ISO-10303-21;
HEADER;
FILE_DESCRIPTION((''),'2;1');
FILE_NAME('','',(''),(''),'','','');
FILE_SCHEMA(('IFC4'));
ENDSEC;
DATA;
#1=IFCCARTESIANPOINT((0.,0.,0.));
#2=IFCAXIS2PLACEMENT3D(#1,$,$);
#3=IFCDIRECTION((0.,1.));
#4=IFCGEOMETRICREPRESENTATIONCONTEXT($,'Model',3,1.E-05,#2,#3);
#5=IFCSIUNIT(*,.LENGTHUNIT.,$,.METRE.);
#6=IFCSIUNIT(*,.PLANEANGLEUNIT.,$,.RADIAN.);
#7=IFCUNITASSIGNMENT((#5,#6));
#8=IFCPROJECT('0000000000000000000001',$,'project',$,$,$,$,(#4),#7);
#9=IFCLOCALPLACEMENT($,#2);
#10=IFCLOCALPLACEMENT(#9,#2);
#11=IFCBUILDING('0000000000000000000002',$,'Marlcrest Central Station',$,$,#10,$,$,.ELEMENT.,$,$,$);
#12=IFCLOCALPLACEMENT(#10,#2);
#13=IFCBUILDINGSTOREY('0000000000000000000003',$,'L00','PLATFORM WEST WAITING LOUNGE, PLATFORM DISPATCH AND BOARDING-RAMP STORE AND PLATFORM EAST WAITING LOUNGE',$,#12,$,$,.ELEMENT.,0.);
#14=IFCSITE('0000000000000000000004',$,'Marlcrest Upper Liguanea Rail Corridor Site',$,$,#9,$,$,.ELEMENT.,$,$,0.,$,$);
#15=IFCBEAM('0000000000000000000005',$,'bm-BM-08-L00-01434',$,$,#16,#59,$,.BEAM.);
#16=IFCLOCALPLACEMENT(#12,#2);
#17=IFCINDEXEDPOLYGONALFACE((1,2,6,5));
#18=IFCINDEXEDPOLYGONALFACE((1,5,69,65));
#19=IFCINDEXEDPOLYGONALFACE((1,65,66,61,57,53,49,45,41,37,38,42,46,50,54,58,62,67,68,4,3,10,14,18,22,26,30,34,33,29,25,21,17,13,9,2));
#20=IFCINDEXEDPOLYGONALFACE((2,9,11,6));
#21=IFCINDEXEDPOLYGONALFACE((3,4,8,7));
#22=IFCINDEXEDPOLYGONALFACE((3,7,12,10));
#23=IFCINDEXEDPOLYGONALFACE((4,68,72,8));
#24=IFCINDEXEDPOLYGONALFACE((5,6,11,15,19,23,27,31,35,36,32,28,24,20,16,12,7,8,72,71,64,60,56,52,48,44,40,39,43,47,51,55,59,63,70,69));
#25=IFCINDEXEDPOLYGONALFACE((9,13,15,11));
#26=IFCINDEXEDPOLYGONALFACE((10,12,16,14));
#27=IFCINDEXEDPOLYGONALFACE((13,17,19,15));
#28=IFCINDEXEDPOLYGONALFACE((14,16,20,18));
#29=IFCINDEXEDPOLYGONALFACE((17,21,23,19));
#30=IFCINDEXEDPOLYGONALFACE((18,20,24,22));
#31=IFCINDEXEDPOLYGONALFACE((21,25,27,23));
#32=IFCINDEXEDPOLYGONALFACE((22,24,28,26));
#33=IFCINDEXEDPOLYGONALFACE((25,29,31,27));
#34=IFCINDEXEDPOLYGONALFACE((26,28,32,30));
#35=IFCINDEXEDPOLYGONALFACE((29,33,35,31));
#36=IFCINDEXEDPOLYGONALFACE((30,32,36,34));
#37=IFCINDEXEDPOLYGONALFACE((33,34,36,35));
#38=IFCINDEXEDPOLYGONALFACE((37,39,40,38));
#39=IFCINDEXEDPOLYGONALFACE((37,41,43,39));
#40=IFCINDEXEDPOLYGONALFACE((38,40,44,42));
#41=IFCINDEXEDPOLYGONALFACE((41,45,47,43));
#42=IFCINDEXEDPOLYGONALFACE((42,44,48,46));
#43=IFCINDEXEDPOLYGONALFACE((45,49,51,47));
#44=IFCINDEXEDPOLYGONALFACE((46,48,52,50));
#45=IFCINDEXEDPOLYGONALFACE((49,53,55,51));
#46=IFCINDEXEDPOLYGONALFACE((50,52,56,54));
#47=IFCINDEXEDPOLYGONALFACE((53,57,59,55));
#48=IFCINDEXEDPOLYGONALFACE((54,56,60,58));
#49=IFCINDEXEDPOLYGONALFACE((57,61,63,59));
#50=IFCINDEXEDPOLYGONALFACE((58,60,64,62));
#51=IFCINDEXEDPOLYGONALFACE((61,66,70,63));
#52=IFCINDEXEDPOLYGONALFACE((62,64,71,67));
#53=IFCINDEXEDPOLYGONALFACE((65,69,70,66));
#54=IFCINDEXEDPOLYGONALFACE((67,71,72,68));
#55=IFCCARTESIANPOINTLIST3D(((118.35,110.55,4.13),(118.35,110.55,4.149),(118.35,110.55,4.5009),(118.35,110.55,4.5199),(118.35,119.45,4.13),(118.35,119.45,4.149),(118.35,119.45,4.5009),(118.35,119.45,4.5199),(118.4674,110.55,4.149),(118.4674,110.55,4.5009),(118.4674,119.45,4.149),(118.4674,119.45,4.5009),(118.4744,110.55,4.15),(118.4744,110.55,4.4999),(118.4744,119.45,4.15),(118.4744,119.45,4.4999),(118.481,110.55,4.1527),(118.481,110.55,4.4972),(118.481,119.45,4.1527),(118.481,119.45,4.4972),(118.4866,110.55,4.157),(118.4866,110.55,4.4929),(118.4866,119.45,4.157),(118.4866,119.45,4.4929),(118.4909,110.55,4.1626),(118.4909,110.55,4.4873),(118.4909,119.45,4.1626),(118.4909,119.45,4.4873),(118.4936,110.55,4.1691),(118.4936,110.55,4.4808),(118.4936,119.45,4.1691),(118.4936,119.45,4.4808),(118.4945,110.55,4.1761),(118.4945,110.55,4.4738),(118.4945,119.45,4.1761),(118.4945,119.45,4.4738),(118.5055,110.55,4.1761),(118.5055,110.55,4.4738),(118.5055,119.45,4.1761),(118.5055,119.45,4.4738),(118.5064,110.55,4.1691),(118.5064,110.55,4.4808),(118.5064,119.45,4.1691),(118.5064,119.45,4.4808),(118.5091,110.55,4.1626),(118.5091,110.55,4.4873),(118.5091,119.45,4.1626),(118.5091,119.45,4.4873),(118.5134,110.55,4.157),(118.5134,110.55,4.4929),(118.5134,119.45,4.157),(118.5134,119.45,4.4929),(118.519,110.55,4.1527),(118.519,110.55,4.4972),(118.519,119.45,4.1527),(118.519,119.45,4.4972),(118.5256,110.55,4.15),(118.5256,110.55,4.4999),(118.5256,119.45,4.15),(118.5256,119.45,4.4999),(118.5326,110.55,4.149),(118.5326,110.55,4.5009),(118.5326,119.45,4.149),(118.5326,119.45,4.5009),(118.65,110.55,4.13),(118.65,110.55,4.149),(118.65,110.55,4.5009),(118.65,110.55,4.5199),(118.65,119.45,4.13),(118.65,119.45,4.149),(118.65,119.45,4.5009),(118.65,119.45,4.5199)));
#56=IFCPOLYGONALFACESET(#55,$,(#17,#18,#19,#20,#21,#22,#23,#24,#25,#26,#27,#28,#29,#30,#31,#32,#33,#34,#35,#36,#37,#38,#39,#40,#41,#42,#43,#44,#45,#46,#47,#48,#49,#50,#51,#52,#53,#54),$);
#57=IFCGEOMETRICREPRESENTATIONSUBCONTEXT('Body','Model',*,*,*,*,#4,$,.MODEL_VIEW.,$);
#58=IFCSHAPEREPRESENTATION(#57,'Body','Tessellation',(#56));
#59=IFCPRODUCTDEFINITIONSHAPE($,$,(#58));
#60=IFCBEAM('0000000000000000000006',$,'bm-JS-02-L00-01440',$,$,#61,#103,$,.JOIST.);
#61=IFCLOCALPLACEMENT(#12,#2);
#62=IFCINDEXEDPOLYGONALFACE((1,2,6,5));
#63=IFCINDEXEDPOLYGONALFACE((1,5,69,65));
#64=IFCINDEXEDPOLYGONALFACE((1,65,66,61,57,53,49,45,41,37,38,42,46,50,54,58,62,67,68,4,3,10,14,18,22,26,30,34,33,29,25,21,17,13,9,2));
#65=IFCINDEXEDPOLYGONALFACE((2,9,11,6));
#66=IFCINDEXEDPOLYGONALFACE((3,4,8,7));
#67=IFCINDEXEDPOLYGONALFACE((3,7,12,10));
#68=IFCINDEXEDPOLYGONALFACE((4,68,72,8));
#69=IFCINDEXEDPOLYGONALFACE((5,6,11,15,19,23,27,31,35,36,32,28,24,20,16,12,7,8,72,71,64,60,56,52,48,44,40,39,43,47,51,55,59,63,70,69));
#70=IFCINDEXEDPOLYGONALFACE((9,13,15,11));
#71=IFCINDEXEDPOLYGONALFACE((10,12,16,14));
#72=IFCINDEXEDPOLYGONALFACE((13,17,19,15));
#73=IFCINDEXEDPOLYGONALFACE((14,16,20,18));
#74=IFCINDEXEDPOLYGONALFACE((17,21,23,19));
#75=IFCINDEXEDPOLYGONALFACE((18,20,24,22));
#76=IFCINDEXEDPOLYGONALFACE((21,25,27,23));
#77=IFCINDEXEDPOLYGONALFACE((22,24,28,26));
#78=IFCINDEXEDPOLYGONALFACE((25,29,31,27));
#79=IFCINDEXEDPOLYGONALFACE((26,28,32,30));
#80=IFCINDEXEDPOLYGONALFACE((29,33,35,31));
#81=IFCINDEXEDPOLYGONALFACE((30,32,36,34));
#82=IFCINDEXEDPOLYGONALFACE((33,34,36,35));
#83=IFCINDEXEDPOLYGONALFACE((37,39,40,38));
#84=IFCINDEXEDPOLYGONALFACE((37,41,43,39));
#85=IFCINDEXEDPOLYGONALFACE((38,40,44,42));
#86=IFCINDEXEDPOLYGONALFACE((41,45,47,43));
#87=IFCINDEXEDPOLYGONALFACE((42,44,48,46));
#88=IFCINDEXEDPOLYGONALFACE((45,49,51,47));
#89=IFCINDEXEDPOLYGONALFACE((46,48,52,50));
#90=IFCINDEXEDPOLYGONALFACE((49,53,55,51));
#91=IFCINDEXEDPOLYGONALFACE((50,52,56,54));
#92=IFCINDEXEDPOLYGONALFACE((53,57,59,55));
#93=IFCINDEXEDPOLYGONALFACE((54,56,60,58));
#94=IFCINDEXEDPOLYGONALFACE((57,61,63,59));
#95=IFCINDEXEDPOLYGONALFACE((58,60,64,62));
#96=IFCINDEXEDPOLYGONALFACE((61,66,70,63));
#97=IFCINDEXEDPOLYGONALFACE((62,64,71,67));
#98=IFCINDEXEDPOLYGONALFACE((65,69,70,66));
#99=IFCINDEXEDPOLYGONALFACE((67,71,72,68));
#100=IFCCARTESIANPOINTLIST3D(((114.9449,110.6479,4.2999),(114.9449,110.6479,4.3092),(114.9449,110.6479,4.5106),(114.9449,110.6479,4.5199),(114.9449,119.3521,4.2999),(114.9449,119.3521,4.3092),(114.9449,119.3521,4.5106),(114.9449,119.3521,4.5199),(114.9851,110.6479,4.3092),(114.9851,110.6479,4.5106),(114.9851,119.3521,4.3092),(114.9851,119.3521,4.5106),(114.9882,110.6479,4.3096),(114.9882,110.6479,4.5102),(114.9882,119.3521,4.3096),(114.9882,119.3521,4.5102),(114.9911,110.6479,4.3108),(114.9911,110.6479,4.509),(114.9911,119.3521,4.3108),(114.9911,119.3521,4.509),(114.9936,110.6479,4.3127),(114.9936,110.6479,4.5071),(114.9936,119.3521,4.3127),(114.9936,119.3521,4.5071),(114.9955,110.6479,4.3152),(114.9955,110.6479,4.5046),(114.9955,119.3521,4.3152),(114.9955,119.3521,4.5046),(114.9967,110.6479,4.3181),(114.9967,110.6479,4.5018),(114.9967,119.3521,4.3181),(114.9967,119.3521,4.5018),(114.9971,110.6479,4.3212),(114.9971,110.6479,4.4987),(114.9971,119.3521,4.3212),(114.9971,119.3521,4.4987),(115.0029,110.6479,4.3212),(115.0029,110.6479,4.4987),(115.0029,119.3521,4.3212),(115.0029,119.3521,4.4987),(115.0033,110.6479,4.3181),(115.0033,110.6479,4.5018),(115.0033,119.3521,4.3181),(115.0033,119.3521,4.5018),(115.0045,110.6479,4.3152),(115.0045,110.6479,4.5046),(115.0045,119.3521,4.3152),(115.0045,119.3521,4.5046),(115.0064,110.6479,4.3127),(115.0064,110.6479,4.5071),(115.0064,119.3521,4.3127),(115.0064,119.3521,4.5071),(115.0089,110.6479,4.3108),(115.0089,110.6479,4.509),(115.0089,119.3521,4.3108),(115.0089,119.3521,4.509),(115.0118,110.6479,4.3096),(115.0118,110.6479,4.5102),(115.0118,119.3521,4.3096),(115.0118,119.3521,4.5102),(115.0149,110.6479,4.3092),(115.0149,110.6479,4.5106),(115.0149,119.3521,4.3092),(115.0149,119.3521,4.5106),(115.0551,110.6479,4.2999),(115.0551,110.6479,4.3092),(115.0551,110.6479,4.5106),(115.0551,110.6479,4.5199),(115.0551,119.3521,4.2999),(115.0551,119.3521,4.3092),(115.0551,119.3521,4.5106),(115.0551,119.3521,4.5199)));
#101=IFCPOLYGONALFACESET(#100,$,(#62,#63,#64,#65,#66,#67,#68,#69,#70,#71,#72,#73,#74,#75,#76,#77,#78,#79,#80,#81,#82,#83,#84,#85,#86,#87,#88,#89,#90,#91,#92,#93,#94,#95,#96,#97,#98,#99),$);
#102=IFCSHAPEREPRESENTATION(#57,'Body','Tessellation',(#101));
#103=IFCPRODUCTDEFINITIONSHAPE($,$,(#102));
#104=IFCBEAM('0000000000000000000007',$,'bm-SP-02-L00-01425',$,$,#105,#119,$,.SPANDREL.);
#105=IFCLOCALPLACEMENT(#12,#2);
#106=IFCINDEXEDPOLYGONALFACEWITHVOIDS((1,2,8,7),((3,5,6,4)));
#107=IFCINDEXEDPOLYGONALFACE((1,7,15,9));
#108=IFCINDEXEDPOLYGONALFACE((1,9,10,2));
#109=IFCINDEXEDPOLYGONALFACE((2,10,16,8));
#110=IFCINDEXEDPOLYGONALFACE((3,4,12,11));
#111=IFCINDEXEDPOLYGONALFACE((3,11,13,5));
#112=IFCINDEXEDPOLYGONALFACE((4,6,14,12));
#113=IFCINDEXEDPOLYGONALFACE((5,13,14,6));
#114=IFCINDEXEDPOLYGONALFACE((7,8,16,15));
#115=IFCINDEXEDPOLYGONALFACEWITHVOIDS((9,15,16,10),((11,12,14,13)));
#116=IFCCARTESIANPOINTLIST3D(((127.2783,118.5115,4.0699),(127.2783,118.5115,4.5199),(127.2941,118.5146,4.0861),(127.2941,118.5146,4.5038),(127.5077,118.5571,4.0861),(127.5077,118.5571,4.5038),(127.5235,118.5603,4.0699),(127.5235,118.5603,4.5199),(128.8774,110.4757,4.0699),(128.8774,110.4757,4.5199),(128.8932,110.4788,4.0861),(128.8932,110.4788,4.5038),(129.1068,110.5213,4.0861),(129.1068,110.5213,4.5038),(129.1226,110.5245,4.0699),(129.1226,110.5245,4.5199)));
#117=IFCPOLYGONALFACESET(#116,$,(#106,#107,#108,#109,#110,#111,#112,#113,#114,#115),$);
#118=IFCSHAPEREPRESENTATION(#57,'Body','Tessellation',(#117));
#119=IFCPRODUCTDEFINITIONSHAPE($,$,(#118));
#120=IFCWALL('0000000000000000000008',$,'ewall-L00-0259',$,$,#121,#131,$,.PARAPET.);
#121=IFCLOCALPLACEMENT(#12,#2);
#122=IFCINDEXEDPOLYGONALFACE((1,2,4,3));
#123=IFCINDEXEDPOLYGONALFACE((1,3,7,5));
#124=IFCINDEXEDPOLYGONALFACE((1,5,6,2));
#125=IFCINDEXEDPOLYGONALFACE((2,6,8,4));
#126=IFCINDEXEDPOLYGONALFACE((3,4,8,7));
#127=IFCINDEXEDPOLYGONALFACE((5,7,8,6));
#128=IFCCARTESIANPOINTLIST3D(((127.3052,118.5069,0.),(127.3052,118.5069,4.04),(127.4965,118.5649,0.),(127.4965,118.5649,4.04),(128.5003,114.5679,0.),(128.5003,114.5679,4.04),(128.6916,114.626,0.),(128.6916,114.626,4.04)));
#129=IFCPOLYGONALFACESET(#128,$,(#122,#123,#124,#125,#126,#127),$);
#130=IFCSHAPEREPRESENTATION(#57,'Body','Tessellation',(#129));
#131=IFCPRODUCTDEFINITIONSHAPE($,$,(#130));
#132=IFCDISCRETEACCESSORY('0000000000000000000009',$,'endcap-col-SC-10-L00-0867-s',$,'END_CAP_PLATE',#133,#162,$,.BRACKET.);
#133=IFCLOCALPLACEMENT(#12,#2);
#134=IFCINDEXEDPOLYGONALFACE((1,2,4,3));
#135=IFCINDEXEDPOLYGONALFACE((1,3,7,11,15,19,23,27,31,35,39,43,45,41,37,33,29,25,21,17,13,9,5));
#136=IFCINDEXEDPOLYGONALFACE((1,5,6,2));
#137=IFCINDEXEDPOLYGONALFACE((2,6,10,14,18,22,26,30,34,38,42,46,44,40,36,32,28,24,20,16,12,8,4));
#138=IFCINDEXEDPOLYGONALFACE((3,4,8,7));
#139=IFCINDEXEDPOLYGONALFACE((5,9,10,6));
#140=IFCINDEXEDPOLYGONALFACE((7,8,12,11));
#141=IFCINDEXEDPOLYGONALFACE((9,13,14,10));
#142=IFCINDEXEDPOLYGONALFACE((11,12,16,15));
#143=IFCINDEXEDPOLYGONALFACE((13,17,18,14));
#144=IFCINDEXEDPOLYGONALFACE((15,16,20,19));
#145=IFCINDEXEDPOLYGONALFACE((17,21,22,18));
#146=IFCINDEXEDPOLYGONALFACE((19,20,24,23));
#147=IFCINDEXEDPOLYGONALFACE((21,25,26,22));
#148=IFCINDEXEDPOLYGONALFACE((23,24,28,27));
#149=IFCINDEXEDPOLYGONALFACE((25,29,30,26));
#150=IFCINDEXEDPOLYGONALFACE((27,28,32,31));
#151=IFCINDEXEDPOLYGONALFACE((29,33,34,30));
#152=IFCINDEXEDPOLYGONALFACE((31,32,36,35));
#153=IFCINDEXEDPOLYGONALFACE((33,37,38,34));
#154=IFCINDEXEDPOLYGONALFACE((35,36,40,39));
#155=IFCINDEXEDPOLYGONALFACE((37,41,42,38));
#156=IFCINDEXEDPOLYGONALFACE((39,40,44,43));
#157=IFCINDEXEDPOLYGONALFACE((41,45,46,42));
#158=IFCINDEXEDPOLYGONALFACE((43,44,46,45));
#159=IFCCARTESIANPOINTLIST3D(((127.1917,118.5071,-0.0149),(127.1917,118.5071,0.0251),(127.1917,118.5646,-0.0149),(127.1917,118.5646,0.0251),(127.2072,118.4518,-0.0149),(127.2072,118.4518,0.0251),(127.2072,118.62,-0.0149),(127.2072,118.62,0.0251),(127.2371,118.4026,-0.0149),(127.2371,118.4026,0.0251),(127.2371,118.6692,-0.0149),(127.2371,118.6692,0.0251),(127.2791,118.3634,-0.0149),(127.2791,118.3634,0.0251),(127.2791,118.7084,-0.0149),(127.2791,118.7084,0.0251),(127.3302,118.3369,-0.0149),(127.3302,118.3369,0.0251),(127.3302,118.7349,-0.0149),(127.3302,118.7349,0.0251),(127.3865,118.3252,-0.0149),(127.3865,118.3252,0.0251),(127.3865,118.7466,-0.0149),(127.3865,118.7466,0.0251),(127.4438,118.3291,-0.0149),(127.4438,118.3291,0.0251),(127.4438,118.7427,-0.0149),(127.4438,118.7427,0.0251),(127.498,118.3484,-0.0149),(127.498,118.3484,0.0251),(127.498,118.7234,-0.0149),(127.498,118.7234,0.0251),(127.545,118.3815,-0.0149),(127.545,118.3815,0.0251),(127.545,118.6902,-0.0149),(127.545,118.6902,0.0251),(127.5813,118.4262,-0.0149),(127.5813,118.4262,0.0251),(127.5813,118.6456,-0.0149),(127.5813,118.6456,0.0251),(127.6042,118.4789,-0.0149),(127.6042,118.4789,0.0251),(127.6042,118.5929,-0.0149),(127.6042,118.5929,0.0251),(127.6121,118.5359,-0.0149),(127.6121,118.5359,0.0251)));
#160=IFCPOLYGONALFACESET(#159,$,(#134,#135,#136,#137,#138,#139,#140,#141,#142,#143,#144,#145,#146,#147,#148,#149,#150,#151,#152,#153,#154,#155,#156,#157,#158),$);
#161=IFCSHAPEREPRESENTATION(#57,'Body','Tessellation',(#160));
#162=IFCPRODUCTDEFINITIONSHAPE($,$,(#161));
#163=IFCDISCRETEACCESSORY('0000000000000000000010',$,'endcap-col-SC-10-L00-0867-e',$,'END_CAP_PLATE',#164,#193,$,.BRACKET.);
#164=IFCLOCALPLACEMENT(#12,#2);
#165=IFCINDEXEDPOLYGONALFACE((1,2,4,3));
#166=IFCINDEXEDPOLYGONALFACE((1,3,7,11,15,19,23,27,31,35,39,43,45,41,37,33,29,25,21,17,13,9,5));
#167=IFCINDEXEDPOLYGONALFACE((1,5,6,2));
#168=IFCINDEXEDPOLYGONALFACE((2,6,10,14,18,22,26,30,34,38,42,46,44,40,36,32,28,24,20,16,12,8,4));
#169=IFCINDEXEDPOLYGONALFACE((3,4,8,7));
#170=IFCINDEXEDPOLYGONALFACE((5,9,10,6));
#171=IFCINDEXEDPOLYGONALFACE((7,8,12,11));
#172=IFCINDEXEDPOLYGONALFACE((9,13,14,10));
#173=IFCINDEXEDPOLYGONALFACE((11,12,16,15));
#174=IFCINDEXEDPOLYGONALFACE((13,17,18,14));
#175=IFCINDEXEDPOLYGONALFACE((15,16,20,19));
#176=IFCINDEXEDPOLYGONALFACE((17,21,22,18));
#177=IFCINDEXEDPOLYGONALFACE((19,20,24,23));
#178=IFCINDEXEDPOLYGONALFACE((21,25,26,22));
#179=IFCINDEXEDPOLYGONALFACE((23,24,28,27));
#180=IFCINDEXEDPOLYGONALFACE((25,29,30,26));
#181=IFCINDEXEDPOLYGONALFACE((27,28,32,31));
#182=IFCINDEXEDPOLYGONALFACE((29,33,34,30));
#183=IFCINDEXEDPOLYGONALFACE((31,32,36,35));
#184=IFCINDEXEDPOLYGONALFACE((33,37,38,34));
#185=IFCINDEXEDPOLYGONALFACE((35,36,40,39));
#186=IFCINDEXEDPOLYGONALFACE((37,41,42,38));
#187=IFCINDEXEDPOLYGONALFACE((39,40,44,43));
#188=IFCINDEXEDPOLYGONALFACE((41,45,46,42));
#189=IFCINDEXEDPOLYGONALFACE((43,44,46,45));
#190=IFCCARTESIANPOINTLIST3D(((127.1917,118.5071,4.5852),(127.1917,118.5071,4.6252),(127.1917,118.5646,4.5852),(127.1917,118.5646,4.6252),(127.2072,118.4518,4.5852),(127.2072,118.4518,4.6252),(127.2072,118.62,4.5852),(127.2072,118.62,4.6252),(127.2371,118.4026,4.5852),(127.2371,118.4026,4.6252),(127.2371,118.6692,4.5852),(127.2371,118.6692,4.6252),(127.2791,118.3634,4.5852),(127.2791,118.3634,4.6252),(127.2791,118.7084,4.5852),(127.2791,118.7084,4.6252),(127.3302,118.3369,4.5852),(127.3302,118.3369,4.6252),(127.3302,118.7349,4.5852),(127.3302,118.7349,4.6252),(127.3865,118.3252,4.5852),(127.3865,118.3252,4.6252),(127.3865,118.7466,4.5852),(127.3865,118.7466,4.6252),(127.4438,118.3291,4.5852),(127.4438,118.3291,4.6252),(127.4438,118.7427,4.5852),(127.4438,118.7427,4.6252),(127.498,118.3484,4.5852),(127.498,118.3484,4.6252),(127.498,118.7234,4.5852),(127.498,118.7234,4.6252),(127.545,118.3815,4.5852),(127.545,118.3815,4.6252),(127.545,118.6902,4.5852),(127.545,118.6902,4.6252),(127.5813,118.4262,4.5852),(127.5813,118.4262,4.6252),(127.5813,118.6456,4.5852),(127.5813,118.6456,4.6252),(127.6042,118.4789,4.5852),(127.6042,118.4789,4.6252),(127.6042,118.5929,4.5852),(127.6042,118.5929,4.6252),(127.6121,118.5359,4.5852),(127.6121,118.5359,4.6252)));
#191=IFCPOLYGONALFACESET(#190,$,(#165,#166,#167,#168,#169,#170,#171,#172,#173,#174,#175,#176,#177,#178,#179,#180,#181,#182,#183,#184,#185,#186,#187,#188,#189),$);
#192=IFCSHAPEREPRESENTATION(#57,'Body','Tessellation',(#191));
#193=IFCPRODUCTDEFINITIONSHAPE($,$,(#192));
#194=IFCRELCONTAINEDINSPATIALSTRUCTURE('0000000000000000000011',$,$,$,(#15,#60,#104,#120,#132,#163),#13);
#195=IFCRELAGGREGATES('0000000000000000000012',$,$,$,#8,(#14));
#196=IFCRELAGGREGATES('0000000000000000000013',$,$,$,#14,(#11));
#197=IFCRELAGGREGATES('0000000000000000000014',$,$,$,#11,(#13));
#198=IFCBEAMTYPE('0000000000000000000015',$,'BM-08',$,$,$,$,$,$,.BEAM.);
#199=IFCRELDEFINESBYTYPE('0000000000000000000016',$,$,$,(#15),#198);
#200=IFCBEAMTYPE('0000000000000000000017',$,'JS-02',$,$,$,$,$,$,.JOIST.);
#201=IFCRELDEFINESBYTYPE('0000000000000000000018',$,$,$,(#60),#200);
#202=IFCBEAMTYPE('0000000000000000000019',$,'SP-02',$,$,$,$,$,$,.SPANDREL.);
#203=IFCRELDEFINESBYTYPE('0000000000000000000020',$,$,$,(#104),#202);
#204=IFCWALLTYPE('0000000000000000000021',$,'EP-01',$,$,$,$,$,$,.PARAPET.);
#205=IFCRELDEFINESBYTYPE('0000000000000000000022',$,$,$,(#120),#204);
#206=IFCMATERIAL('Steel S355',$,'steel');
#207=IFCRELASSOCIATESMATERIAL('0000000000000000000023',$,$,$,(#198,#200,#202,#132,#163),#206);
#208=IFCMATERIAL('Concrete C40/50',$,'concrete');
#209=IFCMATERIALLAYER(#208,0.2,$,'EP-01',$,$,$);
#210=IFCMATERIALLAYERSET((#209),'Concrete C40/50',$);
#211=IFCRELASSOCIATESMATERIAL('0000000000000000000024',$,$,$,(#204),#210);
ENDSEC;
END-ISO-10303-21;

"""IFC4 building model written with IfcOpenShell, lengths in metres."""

from ifc_helpers import new_model, si_unit, direction, frame, frame_2d, origin, origin_2d, place, context, subcontext, project, spatial, rectangle, hollow_rectangle, circle, i_section, extrude, material, layer, layer_set, material_profile, profile_set, type_object, element, save


model = new_model("IFC4")

# Units and contexts
model_context = context("Model", 3, precision=1e-05, world=origin(), true_north=direction((0.0, 1.0)))
body_context = subcontext(model_context, "Body", "Model", "MODEL_VIEW")
ifc_project = project(units=[si_unit("LENGTHUNIT", "METRE"), si_unit("PLANEANGLEUNIT", "RADIAN")], contexts=[model_context])

# Site, building, storey
site_placement = place(None, origin())
site = spatial("IfcSite", under=ifc_project, at=site_placement, Name="Marlcrest Upper Liguanea Rail Corridor Site", CompositionType="ELEMENT", RefElevation=0.0)
building_placement = place(site_placement, origin())
building = spatial("IfcBuilding", under=site, at=building_placement, Name="Marlcrest Central Station", CompositionType="ELEMENT")
storey_placement = place(building_placement, origin())
storey = spatial("IfcBuildingStorey", under=building, at=storey_placement, Name="L00", Description="PLATFORM WEST WAITING LOUNGE, PLATFORM DISPATCH AND BOARDING-RAMP STORE AND PLATFORM EAST WAITING LOUNGE", CompositionType="ELEMENT", Elevation=0.0)

# Shared definitions
ifc_material_1 = material(Name="Concrete C40/50", Category="concrete")

# Shared definitions
ifc_material_2 = material(Name="Steel S355", Category="steel")

# Beams
ifc_material_profile_1 = material_profile(ifc_material_2, i_section(OverallWidth=0.3, OverallDepth=0.3899, WebThickness=0.011, FlangeThickness=0.019, FilletRadius=0.0271, at=origin_2d()), Name="HEA 400")
ifc_profile_set_1 = profile_set([ifc_material_profile_1], Name="Steel S355")
beam_type_1 = type_object("IfcBeamType", Name="BM-08", PredefinedType="BEAM", material=ifc_profile_set_1)
beam_1_placement = place(storey_placement, frame((118.5, 110.55, 4.325), z_axis=(0.0, 1.0, 0.0), x_axis=(-1.0, 0.0, 0.0)))
element("IfcBeam", 1, at=beam_1_placement, inside=storey, type_object=beam_type_1, Name="bm-BM-08-L00-01434", PredefinedType="BEAM", context=body_context, shape_type="SweptSolid", body=[
    extrude(i_section(OverallWidth=0.3, OverallDepth=0.3899, WebThickness=0.011, FlangeThickness=0.019, FilletRadius=0.0271, at=origin_2d()), origin(), (0.0, 0.0, 1.0), 8.8999),
])
ifc_material_profile_2 = material_profile(ifc_material_2, i_section(OverallWidth=0.1101, OverallDepth=0.22, WebThickness=0.0059, FlangeThickness=0.0093, FilletRadius=0.012, at=origin_2d()), Name="IPE 220")
ifc_profile_set_2 = profile_set([ifc_material_profile_2], Name="Steel S355")
beam_type_2 = type_object("IfcBeamType", Name="JS-02", PredefinedType="JOIST", material=ifc_profile_set_2)
beam_2_placement = place(storey_placement, frame((115.0, 110.6479, 4.4099), z_axis=(0.0, 1.0, 0.0), x_axis=(-1.0, 0.0, 0.0)))
element("IfcBeam", 2, at=beam_2_placement, inside=storey, type_object=beam_type_2, Name="bm-JS-02-L00-01440", PredefinedType="JOIST", context=body_context, shape_type="SweptSolid", body=[
    extrude(i_section(OverallWidth=0.1101, OverallDepth=0.22, WebThickness=0.0059, FlangeThickness=0.0093, FilletRadius=0.012, at=origin_2d()), origin(), (0.0, 0.0, 1.0), 8.7041),
])
ifc_material_profile_3 = material_profile(ifc_material_2, hollow_rectangle(XDim=0.25, YDim=0.45, WallThickness=0.0161, at=origin_2d()), Name="RHS 450x250x16")
ifc_profile_set_3 = profile_set([ifc_material_profile_3], Name="Steel S355")
beam_type_3 = type_object("IfcBeamType", Name="SP-02", PredefinedType="SPANDREL", material=ifc_profile_set_3)
beam_3_placement = place(storey_placement, frame((127.4009, 118.5359, 4.2949), z_axis=(0.195171, -0.980769, 0.0), x_axis=(0.980769, 0.195171, 0.0)))
element("IfcBeam", 3, at=beam_3_placement, inside=storey, type_object=beam_type_3, Name="bm-SP-02-L00-01425", PredefinedType="SPANDREL", context=body_context, shape_type="SweptSolid", body=[
    extrude(hollow_rectangle(XDim=0.25, YDim=0.45, WallThickness=0.0161, at=origin_2d()), origin(), (0.0, 0.0, 1.0), 8.1934),
])

# Wall
ifc_layer = layer(ifc_material_1, 0.2, Name="EP-01")
ifc_layer_set = layer_set([ifc_layer], Name="Concrete C40/50")
wall_type = type_object("IfcWallType", Name="EP-01", PredefinedType="PARAPET", material=ifc_layer_set)
wall_placement = place(storey_placement, frame((127.4009, 118.5359, 0.0), z_axis=(0.0, 0.0, 1.0), x_axis=(0.290328, -0.956927, 0.0)))
element("IfcWall", 4, at=wall_placement, inside=storey, type_object=wall_type, Name="ewall-L00-0259", PredefinedType="PARAPET", context=body_context, shape_type="SweptSolid", body=[
    extrude(rectangle(XDim=4.1162, YDim=0.2, at=frame_2d((2.0581, 0.0))), origin(), (0.0, 0.0, 1.0), 4.04),
])

# Discrete accessories
for number, where, z_axis, x_axis, name in (
    (5, (127.4009, 118.5359, -0.0149), (0.0, 0.0, 1.0), (1.0, 0.0, 0.0), "endcap-col-SC-10-L00-0867-s"),
    (6, (127.4009, 118.5359, 4.5852), (0.0, 0.0, 1.0), (1.0, 0.0, 0.0), "endcap-col-SC-10-L00-0867-e"),
):
    element("IfcDiscreteAccessory", number, at=place(storey_placement, frame(where, z_axis=z_axis, x_axis=x_axis)), inside=storey, material=ifc_material_2, Name=name, ObjectType="END_CAP_PLATE", PredefinedType="BRACKET", context=body_context, shape_type="SweptSolid", body=[
        extrude(circle(Radius=0.2112, at=origin_2d()), origin(), (0.0, 0.0, 1.0), 0.04),
    ])

save(model, "model.ifc")
